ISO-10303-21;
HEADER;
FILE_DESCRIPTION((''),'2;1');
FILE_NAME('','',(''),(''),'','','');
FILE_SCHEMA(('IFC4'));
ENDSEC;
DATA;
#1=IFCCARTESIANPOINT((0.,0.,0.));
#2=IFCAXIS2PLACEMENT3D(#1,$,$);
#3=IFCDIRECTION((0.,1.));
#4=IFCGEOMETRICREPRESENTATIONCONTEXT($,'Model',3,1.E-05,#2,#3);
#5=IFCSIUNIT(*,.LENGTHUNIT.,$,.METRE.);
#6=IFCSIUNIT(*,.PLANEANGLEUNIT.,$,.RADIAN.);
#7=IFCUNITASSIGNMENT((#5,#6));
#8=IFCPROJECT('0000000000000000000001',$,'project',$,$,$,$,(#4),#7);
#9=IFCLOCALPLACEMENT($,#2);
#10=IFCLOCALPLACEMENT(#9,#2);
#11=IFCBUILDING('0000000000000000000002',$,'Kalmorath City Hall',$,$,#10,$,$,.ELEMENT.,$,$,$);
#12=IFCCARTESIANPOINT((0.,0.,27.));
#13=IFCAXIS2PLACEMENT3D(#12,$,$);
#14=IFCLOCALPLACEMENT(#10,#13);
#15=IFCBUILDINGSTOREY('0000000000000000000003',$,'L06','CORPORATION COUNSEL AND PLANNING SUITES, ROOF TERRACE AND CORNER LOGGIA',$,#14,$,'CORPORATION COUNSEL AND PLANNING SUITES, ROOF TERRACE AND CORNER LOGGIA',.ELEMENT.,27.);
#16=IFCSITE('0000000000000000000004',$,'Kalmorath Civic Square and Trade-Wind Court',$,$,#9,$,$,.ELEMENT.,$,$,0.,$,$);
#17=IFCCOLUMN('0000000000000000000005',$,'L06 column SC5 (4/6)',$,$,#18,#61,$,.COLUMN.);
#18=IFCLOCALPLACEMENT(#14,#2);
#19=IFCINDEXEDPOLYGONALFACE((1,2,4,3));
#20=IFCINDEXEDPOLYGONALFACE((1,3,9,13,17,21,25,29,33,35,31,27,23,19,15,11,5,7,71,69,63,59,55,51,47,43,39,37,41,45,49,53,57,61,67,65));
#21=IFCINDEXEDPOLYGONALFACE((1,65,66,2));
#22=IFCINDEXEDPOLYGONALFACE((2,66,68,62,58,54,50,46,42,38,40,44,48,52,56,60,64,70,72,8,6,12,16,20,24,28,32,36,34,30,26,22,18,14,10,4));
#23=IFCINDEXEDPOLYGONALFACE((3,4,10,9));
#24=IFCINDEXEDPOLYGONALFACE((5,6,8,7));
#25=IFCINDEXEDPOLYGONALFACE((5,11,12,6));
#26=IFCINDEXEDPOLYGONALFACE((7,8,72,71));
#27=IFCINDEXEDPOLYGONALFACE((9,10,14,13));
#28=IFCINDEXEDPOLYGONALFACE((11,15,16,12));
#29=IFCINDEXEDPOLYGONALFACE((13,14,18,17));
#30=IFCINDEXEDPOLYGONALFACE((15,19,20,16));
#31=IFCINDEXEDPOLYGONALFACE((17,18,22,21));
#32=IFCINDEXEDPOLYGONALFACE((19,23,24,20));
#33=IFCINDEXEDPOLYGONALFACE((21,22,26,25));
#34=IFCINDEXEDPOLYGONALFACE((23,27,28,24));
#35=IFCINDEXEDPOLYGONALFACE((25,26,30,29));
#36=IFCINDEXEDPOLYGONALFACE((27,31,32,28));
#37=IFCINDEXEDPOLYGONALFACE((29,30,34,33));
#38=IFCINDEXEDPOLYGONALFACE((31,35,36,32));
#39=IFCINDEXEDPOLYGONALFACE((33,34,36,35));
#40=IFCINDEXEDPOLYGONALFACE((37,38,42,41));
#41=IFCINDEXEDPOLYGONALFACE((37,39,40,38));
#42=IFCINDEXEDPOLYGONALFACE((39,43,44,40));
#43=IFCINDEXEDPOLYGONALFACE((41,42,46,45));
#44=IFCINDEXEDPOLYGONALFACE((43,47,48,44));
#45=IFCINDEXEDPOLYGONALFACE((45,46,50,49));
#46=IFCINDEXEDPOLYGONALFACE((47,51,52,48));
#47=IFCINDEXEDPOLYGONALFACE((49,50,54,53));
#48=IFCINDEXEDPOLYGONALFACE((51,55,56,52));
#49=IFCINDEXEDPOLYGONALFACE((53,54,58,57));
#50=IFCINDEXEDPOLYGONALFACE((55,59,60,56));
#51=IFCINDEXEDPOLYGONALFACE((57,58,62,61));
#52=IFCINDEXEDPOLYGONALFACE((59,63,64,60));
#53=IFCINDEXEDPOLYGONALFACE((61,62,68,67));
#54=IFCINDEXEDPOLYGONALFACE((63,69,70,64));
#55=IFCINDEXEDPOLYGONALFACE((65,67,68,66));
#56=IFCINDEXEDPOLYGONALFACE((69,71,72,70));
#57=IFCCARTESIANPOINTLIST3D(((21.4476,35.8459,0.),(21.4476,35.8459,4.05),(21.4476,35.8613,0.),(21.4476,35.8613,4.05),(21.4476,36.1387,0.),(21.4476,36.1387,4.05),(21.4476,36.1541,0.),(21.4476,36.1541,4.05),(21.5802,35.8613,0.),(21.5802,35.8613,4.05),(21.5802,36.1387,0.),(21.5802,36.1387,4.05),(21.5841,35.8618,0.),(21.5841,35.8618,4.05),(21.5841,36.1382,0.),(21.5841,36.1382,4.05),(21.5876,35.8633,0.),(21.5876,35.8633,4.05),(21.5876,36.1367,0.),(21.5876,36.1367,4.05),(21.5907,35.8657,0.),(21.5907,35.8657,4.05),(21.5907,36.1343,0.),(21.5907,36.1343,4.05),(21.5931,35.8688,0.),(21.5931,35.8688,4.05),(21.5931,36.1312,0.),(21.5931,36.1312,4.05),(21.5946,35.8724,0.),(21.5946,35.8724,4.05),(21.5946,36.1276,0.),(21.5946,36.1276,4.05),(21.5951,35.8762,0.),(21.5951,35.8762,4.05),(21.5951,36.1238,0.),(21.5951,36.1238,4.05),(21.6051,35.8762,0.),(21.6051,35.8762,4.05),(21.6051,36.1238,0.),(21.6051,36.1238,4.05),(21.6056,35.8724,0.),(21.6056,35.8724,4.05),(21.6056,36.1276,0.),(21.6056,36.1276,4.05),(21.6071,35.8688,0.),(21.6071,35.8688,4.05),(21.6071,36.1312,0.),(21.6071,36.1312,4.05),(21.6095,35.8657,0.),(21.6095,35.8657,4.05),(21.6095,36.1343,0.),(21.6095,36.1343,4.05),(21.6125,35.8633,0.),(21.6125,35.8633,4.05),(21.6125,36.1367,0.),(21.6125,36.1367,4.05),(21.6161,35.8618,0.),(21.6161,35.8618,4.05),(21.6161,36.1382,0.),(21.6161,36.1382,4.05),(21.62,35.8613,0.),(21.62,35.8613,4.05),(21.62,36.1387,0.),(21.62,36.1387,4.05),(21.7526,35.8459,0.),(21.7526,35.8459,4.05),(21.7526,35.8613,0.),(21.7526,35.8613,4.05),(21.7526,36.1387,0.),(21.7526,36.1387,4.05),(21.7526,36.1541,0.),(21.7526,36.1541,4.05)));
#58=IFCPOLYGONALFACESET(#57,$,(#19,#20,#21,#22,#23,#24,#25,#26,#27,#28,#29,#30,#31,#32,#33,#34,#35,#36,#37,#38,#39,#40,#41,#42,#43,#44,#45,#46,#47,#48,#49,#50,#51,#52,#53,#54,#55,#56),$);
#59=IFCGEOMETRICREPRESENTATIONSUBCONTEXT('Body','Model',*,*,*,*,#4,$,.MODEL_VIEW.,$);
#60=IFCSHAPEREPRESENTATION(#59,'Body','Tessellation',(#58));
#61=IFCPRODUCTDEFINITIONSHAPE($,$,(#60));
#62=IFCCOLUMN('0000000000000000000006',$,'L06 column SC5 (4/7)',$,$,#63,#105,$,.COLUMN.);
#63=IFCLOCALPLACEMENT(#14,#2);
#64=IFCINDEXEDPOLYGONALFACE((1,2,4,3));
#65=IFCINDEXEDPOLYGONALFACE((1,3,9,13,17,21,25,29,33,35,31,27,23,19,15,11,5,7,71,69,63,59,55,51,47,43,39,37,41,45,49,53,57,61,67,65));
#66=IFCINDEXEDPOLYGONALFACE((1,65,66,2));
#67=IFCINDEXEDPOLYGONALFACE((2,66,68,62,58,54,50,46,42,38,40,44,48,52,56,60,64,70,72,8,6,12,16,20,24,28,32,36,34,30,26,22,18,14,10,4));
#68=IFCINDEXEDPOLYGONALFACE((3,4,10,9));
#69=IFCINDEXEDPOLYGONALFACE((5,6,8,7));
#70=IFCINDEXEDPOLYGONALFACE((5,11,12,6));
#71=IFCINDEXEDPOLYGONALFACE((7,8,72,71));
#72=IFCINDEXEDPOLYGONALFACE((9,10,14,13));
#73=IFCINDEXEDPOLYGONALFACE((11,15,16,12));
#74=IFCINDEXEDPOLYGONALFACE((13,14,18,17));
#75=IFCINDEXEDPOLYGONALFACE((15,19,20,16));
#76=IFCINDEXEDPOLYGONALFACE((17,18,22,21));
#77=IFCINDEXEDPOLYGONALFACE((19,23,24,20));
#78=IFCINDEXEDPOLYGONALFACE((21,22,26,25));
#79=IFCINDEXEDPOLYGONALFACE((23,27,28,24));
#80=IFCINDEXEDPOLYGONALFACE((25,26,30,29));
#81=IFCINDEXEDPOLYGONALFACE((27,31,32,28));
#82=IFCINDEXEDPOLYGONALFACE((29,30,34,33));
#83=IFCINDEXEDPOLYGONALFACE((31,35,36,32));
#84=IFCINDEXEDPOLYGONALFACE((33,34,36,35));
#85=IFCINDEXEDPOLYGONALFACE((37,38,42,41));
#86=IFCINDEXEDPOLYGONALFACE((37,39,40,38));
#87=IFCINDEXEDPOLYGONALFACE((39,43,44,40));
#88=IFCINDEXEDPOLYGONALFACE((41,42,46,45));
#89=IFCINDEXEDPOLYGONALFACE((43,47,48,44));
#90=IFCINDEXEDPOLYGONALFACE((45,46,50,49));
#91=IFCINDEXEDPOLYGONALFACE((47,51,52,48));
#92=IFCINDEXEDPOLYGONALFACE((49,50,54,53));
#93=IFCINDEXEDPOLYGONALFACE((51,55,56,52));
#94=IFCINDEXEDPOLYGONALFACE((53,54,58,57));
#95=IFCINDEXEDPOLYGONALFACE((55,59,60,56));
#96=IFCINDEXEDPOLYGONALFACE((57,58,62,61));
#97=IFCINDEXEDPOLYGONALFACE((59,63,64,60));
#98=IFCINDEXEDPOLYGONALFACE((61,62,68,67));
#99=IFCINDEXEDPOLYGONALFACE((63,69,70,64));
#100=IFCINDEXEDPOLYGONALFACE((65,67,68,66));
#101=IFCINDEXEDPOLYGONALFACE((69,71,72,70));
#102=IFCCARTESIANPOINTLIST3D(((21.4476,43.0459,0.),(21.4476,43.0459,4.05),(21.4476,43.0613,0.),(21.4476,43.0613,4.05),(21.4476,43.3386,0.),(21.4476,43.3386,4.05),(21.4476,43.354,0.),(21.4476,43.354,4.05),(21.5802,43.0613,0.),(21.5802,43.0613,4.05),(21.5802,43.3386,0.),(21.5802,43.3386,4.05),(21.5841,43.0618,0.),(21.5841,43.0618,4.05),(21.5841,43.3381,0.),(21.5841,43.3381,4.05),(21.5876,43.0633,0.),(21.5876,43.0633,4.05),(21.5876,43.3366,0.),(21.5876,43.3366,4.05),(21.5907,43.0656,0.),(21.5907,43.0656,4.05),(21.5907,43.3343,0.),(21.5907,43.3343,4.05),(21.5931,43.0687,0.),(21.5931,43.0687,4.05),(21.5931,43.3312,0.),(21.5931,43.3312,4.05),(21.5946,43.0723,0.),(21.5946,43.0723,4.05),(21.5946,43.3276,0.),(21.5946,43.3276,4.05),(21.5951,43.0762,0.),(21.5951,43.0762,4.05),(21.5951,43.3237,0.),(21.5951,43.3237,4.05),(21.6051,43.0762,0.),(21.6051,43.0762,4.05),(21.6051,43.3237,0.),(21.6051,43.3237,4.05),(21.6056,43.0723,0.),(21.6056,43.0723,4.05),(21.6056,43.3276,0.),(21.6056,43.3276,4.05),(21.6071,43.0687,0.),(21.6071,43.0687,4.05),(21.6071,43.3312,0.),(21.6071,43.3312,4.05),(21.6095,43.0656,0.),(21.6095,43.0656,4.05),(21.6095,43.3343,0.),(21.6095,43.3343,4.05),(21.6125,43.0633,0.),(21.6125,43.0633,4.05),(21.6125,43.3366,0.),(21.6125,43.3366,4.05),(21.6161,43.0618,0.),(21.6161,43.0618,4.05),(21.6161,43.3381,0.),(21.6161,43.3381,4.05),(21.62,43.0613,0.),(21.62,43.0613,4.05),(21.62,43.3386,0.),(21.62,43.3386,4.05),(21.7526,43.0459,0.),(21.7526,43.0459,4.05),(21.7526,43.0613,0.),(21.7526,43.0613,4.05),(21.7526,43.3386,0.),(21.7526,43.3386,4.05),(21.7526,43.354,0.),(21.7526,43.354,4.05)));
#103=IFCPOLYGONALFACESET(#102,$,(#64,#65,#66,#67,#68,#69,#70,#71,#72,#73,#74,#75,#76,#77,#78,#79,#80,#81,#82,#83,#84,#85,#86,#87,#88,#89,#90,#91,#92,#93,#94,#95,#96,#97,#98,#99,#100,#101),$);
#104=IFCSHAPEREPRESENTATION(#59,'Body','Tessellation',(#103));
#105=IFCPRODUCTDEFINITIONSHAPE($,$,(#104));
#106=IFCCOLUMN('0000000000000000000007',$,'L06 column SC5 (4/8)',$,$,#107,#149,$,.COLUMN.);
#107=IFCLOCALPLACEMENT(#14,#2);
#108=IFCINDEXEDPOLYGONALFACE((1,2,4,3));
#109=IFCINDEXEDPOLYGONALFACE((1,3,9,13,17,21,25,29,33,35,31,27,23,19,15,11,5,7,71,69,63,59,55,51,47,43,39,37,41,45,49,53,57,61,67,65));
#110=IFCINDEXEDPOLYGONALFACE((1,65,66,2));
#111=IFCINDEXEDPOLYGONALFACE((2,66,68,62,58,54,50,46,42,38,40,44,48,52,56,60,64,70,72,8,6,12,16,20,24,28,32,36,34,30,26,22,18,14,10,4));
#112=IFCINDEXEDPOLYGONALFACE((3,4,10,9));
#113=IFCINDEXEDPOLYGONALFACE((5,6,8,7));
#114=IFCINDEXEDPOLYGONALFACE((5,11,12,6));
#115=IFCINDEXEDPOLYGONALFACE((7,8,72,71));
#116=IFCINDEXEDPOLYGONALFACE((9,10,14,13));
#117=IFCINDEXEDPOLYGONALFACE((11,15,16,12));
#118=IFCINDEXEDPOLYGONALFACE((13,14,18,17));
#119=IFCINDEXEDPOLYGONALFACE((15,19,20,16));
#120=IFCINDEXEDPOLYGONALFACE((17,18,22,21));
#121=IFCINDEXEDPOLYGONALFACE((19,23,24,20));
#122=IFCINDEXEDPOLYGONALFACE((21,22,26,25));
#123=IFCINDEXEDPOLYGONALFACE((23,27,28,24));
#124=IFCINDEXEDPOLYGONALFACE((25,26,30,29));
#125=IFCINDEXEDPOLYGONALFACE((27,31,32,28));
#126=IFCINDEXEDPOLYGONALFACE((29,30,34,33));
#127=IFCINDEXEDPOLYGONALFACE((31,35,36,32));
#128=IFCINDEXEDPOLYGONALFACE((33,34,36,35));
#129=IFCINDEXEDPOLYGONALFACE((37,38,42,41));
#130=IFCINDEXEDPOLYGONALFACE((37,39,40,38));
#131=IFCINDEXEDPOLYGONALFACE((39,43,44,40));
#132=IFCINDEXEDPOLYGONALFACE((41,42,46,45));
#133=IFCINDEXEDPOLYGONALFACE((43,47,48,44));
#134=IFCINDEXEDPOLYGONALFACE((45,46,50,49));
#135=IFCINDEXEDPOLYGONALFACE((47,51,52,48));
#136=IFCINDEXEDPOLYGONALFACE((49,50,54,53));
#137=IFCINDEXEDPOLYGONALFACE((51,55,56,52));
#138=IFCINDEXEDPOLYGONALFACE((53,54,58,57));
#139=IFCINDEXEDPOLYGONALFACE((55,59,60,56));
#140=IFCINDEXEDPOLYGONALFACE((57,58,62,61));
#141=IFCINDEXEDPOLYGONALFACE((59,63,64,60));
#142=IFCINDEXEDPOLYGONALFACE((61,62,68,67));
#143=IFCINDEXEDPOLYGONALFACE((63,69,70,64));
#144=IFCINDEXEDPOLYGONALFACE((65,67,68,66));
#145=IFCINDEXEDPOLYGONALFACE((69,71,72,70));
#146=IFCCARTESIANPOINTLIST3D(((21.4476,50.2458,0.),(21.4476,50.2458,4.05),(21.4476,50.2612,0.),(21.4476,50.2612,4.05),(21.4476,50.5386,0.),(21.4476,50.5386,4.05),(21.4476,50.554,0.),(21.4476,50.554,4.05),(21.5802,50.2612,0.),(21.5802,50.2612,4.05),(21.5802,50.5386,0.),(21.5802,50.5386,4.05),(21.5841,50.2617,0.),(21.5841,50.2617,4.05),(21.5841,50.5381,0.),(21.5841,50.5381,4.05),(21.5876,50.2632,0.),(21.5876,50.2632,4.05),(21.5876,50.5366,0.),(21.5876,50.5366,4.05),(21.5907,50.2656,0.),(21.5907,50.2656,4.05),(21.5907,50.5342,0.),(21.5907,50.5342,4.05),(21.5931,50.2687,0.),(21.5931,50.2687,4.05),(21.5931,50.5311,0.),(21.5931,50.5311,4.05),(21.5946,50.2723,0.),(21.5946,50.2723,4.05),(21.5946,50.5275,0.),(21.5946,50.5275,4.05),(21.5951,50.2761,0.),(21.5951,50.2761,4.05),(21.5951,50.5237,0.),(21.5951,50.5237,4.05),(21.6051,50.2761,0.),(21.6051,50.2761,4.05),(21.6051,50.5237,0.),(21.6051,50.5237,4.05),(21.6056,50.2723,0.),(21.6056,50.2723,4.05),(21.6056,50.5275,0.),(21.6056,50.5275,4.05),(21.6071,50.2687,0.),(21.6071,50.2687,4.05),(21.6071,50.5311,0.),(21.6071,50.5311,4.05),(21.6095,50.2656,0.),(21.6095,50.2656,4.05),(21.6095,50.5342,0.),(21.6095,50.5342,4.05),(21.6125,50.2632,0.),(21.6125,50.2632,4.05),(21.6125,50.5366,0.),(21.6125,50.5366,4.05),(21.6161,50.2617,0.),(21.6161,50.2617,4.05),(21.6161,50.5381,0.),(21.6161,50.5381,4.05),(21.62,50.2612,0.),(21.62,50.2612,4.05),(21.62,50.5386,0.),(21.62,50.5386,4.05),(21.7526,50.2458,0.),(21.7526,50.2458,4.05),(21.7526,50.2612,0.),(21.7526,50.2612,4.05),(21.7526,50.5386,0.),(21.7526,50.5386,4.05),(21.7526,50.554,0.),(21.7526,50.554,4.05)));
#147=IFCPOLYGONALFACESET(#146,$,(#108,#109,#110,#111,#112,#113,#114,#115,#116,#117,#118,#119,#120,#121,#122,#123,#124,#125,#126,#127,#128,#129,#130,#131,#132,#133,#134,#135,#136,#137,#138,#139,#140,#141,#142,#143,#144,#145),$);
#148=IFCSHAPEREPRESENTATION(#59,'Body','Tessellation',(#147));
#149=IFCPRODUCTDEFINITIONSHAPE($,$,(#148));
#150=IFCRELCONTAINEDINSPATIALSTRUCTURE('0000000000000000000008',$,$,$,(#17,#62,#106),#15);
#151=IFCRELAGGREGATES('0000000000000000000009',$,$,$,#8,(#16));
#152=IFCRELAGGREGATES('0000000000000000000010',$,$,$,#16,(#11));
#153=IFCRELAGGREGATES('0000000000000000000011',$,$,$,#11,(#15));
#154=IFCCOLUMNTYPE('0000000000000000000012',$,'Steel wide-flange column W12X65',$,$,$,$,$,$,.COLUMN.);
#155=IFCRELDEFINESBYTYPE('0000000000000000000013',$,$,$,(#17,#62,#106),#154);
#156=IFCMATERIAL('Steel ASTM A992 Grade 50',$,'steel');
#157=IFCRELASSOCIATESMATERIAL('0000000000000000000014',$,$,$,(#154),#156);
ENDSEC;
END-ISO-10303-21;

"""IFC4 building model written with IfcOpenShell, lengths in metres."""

from ifc_helpers import new_model, si_unit, direction, frame, origin, origin_2d, place, context, subcontext, project, spatial, i_section, extrude, material, material_profile, profile_set, type_object, element, save


model = new_model("IFC4")

# Units and contexts
model_context = context("Model", 3, precision=1e-05, world=origin(), true_north=direction((0.0, 1.0)))
body_context = subcontext(model_context, "Body", "Model", "MODEL_VIEW")
ifc_project = project(units=[si_unit("LENGTHUNIT", "METRE"), si_unit("PLANEANGLEUNIT", "RADIAN")], contexts=[model_context])

# Site, building, storey
site_placement = place(None, origin())
site = spatial("IfcSite", under=ifc_project, at=site_placement, Name="Kalmorath Civic Square and Trade-Wind Court", CompositionType="ELEMENT", RefElevation=0.0)
building_placement = place(site_placement, origin())
building = spatial("IfcBuilding", under=site, at=building_placement, Name="Kalmorath City Hall", CompositionType="ELEMENT")
storey_placement = place(building_placement, frame((0.0, 0.0, 27.0)))
storey = spatial("IfcBuildingStorey", under=building, at=storey_placement, Name="L06", Description="CORPORATION COUNSEL AND PLANNING SUITES, ROOF TERRACE AND CORNER LOGGIA", LongName="CORPORATION COUNSEL AND PLANNING SUITES, ROOF TERRACE AND CORNER LOGGIA", CompositionType="ELEMENT", Elevation=27.0)

# Columns
ifc_material_1 = material(Name="Steel ASTM A992 Grade 50", Category="steel")
ifc_material_profile_1 = material_profile(ifc_material_1, i_section(OverallWidth=0.3049, OverallDepth=0.3081, WebThickness=0.01, FlangeThickness=0.0154, FilletRadius=0.0149, at=origin_2d()), Name="W12X65")
ifc_profile_set_1 = profile_set([ifc_material_profile_1], Name="Steel ASTM A992 Grade 50")
column_type = type_object("IfcColumnType", Name="Steel wide-flange column W12X65", PredefinedType="COLUMN", material=ifc_profile_set_1)
for number, where, z_axis, x_axis, name in (
    (1, (21.6001, 36.0, 0.0), (0.0, 0.0, 1.0), (1.0, 0.0, 0.0), "L06 column SC5 (4/6)"),
    (2, (21.6001, 43.2, 0.0), (0.0, 0.0, 1.0), (1.0, 0.0, 0.0), "L06 column SC5 (4/7)"),
    (3, (21.6001, 50.3999, 0.0), (0.0, 0.0, 1.0), (1.0, 0.0, 0.0), "L06 column SC5 (4/8)"),
):
    element("IfcColumn", number, at=place(storey_placement, frame(where, z_axis=z_axis, x_axis=x_axis)), inside=storey, type_object=column_type, Name=name, PredefinedType="COLUMN", context=body_context, shape_type="SweptSolid", body=[
        extrude(i_section(OverallWidth=0.3049, OverallDepth=0.3081, WebThickness=0.01, FlangeThickness=0.0154, FilletRadius=0.0149, at=origin_2d()), origin(), (0.0, 0.0, 1.0), 4.05),
    ])

save(model, "model.ifc")
